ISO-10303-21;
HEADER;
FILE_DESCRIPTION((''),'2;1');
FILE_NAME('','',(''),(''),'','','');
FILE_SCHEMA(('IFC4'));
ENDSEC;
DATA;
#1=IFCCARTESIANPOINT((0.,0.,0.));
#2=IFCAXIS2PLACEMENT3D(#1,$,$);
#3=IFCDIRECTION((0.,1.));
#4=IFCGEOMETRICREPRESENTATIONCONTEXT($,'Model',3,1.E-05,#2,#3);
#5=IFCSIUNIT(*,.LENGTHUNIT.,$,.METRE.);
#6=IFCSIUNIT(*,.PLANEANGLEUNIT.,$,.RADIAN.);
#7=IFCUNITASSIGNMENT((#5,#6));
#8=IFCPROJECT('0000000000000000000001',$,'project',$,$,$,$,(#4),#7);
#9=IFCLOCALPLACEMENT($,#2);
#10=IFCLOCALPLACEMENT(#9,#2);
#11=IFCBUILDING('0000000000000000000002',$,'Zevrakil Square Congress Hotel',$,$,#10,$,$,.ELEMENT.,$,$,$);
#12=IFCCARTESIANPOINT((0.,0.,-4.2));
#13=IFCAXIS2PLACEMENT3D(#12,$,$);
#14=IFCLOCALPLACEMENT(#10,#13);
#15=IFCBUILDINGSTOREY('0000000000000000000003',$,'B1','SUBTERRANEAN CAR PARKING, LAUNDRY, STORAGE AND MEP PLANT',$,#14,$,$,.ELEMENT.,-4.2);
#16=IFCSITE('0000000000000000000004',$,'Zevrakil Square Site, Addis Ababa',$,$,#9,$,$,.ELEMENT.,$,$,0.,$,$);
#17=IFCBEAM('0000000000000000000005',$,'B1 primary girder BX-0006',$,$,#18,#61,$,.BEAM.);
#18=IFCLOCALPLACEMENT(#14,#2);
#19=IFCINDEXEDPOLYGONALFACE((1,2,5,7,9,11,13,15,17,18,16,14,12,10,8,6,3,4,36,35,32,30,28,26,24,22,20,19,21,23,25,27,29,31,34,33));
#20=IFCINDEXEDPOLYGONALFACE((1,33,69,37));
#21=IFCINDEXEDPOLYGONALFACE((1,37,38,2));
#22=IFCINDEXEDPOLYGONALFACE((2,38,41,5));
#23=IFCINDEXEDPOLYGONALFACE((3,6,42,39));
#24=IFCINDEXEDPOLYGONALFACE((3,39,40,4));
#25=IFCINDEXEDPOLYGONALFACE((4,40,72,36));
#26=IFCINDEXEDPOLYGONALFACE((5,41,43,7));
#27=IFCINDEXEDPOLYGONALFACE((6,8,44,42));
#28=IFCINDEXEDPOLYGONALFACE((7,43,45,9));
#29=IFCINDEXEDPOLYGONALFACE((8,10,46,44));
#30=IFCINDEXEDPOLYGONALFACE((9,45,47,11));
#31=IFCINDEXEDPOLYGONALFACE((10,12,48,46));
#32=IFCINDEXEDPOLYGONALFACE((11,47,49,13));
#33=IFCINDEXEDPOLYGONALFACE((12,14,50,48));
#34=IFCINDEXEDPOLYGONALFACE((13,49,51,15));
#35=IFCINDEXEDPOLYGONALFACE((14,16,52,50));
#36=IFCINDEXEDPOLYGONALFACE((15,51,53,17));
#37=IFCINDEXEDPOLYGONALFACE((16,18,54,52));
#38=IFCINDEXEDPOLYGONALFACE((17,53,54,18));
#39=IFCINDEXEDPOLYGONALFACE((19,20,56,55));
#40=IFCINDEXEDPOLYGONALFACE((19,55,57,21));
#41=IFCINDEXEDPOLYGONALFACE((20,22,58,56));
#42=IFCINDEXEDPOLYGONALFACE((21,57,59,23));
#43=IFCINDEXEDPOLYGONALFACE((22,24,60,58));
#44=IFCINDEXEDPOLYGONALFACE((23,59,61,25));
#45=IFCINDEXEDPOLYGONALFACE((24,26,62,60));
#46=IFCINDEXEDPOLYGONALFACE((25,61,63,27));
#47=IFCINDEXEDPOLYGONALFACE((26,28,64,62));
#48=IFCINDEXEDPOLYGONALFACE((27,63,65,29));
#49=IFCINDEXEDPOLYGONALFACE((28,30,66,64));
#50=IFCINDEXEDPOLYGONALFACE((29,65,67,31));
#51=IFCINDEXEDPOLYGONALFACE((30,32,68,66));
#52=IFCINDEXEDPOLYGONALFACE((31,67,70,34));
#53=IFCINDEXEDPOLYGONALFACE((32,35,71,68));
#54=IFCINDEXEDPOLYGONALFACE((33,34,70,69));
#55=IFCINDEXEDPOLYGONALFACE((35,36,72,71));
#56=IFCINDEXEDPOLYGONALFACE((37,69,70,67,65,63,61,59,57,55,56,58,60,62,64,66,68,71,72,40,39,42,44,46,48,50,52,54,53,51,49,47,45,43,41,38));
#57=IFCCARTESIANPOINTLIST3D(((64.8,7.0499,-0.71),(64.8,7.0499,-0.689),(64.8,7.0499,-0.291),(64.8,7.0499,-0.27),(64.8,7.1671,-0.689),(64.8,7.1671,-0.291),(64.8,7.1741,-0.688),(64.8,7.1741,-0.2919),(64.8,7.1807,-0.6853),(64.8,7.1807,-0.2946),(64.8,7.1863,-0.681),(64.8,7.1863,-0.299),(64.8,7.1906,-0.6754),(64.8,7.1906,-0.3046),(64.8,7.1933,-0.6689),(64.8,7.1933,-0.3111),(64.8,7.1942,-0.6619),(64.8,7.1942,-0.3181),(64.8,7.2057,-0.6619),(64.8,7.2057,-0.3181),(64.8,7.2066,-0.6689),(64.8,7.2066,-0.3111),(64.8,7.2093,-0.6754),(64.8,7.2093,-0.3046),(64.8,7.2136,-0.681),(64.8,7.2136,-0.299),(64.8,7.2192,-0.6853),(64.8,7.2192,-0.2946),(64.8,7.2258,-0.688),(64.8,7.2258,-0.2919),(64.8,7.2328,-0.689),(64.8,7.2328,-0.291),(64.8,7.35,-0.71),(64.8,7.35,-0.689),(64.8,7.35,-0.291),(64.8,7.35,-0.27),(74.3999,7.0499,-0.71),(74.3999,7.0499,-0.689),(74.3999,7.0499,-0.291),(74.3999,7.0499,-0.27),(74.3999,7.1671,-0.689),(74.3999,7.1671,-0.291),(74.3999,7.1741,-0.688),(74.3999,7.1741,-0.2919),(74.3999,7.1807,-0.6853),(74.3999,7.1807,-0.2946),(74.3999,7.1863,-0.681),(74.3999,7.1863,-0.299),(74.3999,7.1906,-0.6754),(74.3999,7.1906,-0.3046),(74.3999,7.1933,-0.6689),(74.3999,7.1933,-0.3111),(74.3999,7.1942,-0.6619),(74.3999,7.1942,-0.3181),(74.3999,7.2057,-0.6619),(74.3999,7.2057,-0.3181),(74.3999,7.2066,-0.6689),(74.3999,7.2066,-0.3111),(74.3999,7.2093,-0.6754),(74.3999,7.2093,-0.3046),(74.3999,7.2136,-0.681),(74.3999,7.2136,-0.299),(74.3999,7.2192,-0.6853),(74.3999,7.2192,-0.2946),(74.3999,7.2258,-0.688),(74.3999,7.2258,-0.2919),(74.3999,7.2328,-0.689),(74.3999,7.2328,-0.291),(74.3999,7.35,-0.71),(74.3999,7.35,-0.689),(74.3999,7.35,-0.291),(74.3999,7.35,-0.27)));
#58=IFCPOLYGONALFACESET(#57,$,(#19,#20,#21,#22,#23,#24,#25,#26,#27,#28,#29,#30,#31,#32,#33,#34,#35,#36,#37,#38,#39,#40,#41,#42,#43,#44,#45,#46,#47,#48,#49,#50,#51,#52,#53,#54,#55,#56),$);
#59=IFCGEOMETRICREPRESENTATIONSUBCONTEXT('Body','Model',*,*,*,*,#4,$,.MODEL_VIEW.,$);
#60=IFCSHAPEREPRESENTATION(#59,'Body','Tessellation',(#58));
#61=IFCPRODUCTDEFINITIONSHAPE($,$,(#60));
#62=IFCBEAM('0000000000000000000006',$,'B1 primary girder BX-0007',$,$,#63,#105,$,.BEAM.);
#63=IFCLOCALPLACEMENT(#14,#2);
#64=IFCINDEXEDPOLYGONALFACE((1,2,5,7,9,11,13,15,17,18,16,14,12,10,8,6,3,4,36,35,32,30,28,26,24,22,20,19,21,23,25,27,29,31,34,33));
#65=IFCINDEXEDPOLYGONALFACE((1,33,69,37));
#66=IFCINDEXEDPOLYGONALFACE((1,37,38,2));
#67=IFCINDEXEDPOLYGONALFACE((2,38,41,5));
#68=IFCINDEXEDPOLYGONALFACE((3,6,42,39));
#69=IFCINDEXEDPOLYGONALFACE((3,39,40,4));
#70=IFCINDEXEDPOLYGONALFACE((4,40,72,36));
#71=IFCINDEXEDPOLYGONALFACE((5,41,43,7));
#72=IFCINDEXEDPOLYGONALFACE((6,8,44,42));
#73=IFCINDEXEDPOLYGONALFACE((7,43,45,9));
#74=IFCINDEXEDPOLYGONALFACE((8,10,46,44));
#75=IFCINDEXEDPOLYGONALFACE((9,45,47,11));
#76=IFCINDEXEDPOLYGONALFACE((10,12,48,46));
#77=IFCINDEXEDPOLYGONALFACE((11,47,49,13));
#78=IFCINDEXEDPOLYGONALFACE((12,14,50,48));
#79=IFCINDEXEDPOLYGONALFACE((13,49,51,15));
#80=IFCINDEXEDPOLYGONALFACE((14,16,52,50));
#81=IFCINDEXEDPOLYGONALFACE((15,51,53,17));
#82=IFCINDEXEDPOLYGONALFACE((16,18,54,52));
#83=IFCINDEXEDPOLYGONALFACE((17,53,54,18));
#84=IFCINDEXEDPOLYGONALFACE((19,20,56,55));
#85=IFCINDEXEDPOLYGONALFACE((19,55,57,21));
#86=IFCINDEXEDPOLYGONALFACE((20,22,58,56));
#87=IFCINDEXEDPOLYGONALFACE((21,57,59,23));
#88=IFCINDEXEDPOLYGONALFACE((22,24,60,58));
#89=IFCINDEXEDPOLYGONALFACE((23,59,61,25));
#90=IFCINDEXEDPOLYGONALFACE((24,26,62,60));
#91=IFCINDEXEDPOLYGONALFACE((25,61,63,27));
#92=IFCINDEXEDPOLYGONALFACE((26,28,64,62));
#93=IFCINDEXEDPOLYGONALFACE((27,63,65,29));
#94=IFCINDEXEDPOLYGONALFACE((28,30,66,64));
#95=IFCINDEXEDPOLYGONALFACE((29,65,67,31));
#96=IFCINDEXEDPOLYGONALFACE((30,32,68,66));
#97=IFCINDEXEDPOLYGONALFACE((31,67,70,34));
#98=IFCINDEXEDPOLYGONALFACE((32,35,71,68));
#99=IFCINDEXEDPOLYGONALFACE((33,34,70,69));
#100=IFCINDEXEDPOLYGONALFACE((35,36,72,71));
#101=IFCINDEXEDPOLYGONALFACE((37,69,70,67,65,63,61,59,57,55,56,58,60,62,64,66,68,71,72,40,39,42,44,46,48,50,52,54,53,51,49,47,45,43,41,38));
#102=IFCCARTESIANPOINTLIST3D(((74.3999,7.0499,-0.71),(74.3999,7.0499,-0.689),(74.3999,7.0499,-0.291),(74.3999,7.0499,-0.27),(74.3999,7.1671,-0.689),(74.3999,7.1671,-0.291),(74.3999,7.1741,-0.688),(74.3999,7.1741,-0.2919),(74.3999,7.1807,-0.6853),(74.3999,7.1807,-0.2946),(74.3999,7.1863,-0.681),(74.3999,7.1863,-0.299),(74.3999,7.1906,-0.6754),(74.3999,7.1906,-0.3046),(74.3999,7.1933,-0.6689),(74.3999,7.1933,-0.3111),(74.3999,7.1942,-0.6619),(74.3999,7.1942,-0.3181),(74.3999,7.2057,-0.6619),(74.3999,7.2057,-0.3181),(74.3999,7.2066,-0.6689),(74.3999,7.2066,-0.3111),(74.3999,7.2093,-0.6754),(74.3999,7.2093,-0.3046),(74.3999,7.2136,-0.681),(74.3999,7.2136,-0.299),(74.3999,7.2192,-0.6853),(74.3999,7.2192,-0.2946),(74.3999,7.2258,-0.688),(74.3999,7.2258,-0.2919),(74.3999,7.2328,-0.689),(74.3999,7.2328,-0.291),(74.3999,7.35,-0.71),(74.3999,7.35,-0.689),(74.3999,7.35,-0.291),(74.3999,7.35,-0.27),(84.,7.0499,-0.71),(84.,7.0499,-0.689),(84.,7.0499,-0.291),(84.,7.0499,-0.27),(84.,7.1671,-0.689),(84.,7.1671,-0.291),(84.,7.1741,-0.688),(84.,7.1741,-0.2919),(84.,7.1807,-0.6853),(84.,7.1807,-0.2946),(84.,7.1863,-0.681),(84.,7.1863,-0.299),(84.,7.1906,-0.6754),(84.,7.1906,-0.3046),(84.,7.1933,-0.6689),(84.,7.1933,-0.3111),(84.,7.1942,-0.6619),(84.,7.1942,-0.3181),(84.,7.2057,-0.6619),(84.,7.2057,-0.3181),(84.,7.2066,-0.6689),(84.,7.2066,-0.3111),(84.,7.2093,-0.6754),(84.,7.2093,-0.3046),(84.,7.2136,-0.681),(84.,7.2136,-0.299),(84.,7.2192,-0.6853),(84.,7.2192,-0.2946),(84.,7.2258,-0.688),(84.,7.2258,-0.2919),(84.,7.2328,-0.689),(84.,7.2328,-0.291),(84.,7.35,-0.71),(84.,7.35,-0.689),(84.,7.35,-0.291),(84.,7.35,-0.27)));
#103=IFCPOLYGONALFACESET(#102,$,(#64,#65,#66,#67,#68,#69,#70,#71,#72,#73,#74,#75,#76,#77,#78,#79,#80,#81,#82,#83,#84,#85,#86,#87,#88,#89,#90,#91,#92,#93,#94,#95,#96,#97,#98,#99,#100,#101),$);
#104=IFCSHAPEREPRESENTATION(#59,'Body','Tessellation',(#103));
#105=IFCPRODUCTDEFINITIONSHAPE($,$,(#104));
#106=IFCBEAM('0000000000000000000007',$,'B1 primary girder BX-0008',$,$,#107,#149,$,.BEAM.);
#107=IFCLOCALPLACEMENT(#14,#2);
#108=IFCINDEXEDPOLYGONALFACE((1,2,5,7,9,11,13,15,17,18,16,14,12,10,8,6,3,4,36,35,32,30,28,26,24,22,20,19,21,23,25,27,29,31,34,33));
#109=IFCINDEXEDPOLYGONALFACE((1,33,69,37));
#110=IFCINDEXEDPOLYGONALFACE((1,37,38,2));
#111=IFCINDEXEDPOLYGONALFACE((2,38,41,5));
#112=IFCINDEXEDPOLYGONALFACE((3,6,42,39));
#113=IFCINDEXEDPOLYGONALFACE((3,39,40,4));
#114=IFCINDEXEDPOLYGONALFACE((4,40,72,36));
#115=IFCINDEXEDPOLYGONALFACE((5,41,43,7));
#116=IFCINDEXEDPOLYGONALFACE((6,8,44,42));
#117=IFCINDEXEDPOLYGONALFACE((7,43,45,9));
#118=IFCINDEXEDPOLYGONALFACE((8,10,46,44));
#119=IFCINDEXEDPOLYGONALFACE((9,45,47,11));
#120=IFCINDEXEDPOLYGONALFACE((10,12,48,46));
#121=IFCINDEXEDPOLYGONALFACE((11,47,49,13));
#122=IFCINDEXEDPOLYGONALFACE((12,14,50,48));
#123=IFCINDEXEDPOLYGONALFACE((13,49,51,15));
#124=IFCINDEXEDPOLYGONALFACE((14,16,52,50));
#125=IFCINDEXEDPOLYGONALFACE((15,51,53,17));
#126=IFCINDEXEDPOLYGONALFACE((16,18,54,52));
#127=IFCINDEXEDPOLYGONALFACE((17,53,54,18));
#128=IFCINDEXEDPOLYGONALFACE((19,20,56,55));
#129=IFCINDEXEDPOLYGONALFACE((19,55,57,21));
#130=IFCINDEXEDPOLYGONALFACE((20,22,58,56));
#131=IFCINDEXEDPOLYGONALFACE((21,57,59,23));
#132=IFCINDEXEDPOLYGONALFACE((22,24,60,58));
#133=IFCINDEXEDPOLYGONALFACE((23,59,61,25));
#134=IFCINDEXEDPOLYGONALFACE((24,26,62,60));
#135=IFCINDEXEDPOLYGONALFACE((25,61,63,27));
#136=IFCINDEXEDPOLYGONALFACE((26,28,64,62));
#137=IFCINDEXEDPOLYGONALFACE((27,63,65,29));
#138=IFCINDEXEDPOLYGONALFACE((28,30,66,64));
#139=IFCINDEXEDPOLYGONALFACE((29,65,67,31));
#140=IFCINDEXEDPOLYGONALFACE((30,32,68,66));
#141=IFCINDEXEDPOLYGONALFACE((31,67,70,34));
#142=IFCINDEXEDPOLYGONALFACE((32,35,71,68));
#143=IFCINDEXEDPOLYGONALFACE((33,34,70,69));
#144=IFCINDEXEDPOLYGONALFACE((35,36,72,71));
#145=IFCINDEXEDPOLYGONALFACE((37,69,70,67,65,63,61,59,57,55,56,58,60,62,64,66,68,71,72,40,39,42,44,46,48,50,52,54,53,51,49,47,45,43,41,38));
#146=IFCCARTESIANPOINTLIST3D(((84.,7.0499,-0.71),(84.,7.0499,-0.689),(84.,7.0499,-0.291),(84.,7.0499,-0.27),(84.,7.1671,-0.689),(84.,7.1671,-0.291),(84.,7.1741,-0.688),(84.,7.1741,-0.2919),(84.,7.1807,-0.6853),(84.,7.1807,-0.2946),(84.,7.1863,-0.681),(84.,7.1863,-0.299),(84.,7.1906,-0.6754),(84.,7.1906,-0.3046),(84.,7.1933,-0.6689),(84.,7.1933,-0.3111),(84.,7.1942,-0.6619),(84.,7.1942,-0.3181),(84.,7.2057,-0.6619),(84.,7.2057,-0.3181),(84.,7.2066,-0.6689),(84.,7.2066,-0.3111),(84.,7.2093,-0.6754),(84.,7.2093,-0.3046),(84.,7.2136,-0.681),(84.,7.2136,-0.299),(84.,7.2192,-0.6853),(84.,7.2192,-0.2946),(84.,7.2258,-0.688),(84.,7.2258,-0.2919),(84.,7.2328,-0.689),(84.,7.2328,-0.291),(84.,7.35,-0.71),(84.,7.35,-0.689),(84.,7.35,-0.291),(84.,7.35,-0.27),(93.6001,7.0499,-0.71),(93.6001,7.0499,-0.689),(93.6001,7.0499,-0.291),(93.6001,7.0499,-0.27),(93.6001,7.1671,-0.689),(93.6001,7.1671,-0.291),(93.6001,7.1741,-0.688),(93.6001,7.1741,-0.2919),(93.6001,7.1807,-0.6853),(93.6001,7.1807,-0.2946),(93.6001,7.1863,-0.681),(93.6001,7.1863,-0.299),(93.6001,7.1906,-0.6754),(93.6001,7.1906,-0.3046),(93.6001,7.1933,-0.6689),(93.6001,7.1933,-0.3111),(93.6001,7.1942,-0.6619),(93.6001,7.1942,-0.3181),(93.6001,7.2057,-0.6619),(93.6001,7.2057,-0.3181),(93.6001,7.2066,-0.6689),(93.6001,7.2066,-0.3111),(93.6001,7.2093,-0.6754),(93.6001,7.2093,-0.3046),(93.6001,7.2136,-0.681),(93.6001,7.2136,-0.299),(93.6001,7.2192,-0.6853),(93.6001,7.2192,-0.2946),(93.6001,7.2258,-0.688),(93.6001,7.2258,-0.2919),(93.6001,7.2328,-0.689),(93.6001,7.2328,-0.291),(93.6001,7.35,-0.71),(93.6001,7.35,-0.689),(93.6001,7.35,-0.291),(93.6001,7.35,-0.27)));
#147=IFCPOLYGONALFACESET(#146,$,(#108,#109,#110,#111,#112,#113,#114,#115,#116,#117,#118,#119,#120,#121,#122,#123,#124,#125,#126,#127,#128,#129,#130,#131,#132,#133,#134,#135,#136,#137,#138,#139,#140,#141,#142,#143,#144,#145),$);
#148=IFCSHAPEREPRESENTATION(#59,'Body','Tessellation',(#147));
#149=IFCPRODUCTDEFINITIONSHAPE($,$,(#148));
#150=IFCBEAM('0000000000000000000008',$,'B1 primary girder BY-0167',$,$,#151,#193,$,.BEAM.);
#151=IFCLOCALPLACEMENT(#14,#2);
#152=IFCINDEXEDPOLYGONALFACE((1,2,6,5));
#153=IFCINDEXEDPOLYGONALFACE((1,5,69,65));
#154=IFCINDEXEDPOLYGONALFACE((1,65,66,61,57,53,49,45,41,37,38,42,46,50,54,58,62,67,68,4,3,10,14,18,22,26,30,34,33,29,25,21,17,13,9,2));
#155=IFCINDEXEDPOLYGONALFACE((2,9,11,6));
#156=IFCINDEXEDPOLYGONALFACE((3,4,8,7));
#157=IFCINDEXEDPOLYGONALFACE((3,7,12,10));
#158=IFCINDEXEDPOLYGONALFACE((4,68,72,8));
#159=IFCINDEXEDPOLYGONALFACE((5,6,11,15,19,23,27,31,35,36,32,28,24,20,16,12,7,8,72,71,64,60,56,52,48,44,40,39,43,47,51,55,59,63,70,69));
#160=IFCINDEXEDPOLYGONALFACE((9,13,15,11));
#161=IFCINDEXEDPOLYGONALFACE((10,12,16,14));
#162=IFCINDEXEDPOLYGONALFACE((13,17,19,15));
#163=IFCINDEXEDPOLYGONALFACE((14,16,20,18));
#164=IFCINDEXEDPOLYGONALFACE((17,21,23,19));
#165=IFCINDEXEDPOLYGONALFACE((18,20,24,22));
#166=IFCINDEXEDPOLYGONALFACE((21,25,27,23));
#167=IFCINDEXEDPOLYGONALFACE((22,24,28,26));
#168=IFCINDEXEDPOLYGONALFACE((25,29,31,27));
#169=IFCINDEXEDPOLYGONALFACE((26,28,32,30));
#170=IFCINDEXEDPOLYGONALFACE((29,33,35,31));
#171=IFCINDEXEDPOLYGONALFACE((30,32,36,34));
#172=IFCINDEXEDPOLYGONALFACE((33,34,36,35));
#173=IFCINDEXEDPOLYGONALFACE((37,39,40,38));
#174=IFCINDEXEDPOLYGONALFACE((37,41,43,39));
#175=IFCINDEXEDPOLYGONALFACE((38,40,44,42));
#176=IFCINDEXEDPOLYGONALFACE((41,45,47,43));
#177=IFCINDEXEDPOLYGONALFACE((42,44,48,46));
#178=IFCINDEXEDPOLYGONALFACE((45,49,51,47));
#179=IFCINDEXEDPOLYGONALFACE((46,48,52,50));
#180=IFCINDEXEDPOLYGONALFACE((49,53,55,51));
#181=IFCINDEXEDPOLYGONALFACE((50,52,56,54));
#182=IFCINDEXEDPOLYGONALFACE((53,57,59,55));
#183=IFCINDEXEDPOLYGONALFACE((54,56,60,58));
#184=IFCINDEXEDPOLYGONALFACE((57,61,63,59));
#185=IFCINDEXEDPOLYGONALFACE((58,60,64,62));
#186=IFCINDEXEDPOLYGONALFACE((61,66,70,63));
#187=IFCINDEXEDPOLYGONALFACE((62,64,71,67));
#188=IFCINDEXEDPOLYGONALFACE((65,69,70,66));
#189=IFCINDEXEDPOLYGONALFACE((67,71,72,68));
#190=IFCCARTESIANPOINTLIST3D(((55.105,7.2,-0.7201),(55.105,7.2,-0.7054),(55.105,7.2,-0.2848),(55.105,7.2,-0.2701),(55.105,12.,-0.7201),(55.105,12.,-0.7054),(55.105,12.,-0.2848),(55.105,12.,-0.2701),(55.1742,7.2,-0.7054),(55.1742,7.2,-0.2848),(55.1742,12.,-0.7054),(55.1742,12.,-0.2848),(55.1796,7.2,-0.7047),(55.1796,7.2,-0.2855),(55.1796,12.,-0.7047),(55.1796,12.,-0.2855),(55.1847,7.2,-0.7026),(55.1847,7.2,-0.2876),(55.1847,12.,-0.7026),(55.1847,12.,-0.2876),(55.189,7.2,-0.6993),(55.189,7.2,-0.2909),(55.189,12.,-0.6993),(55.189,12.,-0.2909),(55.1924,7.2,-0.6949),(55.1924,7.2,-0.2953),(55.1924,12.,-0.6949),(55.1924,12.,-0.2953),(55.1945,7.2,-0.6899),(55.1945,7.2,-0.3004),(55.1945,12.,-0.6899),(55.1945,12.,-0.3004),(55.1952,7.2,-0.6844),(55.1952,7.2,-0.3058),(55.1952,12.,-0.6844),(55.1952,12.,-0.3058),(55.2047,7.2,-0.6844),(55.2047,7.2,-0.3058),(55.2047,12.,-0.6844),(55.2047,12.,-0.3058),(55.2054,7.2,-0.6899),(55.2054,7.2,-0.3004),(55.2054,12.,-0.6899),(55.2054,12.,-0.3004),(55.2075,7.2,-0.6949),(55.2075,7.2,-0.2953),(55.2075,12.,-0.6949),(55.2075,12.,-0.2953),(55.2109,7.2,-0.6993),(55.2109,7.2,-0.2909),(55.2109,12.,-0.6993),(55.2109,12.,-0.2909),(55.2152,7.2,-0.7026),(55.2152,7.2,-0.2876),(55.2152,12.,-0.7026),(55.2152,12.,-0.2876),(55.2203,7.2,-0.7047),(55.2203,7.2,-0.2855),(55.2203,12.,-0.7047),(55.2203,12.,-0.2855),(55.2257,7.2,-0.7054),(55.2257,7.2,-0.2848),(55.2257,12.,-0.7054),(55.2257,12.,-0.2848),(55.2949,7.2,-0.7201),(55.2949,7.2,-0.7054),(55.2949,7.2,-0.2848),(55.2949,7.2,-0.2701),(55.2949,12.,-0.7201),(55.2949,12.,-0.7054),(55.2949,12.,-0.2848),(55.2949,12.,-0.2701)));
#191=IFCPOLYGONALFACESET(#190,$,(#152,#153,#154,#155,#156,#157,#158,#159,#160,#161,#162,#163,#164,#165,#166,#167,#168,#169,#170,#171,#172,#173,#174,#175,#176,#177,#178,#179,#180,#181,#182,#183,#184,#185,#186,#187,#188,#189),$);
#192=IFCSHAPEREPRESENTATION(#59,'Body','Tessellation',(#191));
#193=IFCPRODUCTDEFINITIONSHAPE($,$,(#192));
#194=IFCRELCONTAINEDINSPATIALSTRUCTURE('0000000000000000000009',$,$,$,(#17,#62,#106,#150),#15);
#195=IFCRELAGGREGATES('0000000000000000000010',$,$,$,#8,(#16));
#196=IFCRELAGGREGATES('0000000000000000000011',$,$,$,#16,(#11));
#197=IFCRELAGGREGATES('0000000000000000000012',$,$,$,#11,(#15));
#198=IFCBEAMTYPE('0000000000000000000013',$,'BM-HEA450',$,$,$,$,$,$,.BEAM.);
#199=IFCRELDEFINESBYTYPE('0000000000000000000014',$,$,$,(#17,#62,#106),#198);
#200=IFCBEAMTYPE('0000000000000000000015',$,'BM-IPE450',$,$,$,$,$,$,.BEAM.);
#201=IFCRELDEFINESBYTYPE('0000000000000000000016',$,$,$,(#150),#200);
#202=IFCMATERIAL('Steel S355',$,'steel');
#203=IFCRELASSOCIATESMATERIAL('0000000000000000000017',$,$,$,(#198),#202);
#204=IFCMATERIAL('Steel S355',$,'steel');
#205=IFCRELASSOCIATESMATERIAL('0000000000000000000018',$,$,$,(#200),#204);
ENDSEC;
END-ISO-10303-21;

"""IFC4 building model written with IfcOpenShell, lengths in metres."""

from ifc_helpers import new_model, si_unit, direction, frame, origin, origin_2d, place, context, subcontext, project, spatial, i_section, extrude, material, material_profile, profile_set, type_object, element, save


model = new_model("IFC4")

# Units and contexts
model_context = context("Model", 3, precision=1e-05, world=origin(), true_north=direction((0.0, 1.0)))
body_context = subcontext(model_context, "Body", "Model", "MODEL_VIEW")
ifc_project = project(units=[si_unit("LENGTHUNIT", "METRE"), si_unit("PLANEANGLEUNIT", "RADIAN")], contexts=[model_context])

# Site, building, storey
site_placement = place(None, origin())
site = spatial("IfcSite", under=ifc_project, at=site_placement, Name="Zevrakil Square Site, Addis Ababa", CompositionType="ELEMENT", RefElevation=0.0)
building_placement = place(site_placement, origin())
building = spatial("IfcBuilding", under=site, at=building_placement, Name="Zevrakil Square Congress Hotel", CompositionType="ELEMENT")
storey_placement = place(building_placement, frame((0.0, 0.0, -4.2)))
storey = spatial("IfcBuildingStorey", under=building, at=storey_placement, Name="B1", Description="SUBTERRANEAN CAR PARKING, LAUNDRY, STORAGE AND MEP PLANT", CompositionType="ELEMENT", Elevation=-4.2)

# Beams
ifc_material_1 = material(Name="Steel S355", Category="steel")
ifc_material_profile_1 = material_profile(ifc_material_1, i_section(OverallWidth=0.3, OverallDepth=0.4399, WebThickness=0.0115, FlangeThickness=0.021, FilletRadius=0.0271, at=origin_2d()), Name="HEA 450")
ifc_profile_set_1 = profile_set([ifc_material_profile_1], Name="Steel S355")
beam_type_1 = type_object("IfcBeamType", Name="BM-HEA450", PredefinedType="BEAM", material=ifc_profile_set_1)
beam_1_placement = place(storey_placement, frame((64.8, 7.2, -0.49), z_axis=(1.0, 0.0, 0.0), x_axis=(0.0, 1.0, 0.0)))
element("IfcBeam", 1, at=beam_1_placement, inside=storey, type_object=beam_type_1, Name="B1 primary girder BX-0006", PredefinedType="BEAM", context=body_context, shape_type="SweptSolid", body=[
    extrude(i_section(OverallWidth=0.3, OverallDepth=0.4399, WebThickness=0.0115, FlangeThickness=0.021, FilletRadius=0.0271, at=origin_2d()), origin(), (0.0, 0.0, 1.0), 9.5999),
])
for number, where, z_axis, x_axis, name in (
    (2, (74.3999, 7.2, -0.49), (1.0, 0.0, 0.0), (0.0, 1.0, 0.0), "B1 primary girder BX-0007"),
    (3, (84.0, 7.2, -0.49), (1.0, 0.0, 0.0), (0.0, 1.0, 0.0), "B1 primary girder BX-0008"),
):
    element("IfcBeam", number, at=place(storey_placement, frame(where, z_axis=z_axis, x_axis=x_axis)), inside=storey, type_object=beam_type_1, Name=name, PredefinedType="BEAM", context=body_context, shape_type="SweptSolid", body=[
        extrude(i_section(OverallWidth=0.3, OverallDepth=0.4399, WebThickness=0.0115, FlangeThickness=0.021, FilletRadius=0.0271, at=origin_2d()), origin(), (0.0, 0.0, 1.0), 9.6001),
    ])
ifc_material_2 = material(Name="Steel S355", Category="steel")
ifc_material_profile_2 = material_profile(ifc_material_2, i_section(OverallWidth=0.1899, OverallDepth=0.45, WebThickness=0.0095, FlangeThickness=0.0146, FilletRadius=0.021, at=origin_2d()), Name="IPE 450")
ifc_profile_set_2 = profile_set([ifc_material_profile_2], Name="Steel S355")
beam_type_2 = type_object("IfcBeamType", Name="BM-IPE450", PredefinedType="BEAM", material=ifc_profile_set_2)
for number, where, z_axis, x_axis, name in (
    (4, (55.2, 7.2, -0.4951), (0.0, 1.0, 0.0), (-1.0, 0.0, 0.0), "B1 primary girder BY-0167"),
):
    element("IfcBeam", number, at=place(storey_placement, frame(where, z_axis=z_axis, x_axis=x_axis)), inside=storey, type_object=beam_type_2, Name=name, PredefinedType="BEAM", context=body_context, shape_type="SweptSolid", body=[
        extrude(i_section(OverallWidth=0.1899, OverallDepth=0.45, WebThickness=0.0095, FlangeThickness=0.0146, FilletRadius=0.021, at=origin_2d()), origin(), (0.0, 0.0, 1.0), 4.8),
    ])

save(model, "model.ifc")
